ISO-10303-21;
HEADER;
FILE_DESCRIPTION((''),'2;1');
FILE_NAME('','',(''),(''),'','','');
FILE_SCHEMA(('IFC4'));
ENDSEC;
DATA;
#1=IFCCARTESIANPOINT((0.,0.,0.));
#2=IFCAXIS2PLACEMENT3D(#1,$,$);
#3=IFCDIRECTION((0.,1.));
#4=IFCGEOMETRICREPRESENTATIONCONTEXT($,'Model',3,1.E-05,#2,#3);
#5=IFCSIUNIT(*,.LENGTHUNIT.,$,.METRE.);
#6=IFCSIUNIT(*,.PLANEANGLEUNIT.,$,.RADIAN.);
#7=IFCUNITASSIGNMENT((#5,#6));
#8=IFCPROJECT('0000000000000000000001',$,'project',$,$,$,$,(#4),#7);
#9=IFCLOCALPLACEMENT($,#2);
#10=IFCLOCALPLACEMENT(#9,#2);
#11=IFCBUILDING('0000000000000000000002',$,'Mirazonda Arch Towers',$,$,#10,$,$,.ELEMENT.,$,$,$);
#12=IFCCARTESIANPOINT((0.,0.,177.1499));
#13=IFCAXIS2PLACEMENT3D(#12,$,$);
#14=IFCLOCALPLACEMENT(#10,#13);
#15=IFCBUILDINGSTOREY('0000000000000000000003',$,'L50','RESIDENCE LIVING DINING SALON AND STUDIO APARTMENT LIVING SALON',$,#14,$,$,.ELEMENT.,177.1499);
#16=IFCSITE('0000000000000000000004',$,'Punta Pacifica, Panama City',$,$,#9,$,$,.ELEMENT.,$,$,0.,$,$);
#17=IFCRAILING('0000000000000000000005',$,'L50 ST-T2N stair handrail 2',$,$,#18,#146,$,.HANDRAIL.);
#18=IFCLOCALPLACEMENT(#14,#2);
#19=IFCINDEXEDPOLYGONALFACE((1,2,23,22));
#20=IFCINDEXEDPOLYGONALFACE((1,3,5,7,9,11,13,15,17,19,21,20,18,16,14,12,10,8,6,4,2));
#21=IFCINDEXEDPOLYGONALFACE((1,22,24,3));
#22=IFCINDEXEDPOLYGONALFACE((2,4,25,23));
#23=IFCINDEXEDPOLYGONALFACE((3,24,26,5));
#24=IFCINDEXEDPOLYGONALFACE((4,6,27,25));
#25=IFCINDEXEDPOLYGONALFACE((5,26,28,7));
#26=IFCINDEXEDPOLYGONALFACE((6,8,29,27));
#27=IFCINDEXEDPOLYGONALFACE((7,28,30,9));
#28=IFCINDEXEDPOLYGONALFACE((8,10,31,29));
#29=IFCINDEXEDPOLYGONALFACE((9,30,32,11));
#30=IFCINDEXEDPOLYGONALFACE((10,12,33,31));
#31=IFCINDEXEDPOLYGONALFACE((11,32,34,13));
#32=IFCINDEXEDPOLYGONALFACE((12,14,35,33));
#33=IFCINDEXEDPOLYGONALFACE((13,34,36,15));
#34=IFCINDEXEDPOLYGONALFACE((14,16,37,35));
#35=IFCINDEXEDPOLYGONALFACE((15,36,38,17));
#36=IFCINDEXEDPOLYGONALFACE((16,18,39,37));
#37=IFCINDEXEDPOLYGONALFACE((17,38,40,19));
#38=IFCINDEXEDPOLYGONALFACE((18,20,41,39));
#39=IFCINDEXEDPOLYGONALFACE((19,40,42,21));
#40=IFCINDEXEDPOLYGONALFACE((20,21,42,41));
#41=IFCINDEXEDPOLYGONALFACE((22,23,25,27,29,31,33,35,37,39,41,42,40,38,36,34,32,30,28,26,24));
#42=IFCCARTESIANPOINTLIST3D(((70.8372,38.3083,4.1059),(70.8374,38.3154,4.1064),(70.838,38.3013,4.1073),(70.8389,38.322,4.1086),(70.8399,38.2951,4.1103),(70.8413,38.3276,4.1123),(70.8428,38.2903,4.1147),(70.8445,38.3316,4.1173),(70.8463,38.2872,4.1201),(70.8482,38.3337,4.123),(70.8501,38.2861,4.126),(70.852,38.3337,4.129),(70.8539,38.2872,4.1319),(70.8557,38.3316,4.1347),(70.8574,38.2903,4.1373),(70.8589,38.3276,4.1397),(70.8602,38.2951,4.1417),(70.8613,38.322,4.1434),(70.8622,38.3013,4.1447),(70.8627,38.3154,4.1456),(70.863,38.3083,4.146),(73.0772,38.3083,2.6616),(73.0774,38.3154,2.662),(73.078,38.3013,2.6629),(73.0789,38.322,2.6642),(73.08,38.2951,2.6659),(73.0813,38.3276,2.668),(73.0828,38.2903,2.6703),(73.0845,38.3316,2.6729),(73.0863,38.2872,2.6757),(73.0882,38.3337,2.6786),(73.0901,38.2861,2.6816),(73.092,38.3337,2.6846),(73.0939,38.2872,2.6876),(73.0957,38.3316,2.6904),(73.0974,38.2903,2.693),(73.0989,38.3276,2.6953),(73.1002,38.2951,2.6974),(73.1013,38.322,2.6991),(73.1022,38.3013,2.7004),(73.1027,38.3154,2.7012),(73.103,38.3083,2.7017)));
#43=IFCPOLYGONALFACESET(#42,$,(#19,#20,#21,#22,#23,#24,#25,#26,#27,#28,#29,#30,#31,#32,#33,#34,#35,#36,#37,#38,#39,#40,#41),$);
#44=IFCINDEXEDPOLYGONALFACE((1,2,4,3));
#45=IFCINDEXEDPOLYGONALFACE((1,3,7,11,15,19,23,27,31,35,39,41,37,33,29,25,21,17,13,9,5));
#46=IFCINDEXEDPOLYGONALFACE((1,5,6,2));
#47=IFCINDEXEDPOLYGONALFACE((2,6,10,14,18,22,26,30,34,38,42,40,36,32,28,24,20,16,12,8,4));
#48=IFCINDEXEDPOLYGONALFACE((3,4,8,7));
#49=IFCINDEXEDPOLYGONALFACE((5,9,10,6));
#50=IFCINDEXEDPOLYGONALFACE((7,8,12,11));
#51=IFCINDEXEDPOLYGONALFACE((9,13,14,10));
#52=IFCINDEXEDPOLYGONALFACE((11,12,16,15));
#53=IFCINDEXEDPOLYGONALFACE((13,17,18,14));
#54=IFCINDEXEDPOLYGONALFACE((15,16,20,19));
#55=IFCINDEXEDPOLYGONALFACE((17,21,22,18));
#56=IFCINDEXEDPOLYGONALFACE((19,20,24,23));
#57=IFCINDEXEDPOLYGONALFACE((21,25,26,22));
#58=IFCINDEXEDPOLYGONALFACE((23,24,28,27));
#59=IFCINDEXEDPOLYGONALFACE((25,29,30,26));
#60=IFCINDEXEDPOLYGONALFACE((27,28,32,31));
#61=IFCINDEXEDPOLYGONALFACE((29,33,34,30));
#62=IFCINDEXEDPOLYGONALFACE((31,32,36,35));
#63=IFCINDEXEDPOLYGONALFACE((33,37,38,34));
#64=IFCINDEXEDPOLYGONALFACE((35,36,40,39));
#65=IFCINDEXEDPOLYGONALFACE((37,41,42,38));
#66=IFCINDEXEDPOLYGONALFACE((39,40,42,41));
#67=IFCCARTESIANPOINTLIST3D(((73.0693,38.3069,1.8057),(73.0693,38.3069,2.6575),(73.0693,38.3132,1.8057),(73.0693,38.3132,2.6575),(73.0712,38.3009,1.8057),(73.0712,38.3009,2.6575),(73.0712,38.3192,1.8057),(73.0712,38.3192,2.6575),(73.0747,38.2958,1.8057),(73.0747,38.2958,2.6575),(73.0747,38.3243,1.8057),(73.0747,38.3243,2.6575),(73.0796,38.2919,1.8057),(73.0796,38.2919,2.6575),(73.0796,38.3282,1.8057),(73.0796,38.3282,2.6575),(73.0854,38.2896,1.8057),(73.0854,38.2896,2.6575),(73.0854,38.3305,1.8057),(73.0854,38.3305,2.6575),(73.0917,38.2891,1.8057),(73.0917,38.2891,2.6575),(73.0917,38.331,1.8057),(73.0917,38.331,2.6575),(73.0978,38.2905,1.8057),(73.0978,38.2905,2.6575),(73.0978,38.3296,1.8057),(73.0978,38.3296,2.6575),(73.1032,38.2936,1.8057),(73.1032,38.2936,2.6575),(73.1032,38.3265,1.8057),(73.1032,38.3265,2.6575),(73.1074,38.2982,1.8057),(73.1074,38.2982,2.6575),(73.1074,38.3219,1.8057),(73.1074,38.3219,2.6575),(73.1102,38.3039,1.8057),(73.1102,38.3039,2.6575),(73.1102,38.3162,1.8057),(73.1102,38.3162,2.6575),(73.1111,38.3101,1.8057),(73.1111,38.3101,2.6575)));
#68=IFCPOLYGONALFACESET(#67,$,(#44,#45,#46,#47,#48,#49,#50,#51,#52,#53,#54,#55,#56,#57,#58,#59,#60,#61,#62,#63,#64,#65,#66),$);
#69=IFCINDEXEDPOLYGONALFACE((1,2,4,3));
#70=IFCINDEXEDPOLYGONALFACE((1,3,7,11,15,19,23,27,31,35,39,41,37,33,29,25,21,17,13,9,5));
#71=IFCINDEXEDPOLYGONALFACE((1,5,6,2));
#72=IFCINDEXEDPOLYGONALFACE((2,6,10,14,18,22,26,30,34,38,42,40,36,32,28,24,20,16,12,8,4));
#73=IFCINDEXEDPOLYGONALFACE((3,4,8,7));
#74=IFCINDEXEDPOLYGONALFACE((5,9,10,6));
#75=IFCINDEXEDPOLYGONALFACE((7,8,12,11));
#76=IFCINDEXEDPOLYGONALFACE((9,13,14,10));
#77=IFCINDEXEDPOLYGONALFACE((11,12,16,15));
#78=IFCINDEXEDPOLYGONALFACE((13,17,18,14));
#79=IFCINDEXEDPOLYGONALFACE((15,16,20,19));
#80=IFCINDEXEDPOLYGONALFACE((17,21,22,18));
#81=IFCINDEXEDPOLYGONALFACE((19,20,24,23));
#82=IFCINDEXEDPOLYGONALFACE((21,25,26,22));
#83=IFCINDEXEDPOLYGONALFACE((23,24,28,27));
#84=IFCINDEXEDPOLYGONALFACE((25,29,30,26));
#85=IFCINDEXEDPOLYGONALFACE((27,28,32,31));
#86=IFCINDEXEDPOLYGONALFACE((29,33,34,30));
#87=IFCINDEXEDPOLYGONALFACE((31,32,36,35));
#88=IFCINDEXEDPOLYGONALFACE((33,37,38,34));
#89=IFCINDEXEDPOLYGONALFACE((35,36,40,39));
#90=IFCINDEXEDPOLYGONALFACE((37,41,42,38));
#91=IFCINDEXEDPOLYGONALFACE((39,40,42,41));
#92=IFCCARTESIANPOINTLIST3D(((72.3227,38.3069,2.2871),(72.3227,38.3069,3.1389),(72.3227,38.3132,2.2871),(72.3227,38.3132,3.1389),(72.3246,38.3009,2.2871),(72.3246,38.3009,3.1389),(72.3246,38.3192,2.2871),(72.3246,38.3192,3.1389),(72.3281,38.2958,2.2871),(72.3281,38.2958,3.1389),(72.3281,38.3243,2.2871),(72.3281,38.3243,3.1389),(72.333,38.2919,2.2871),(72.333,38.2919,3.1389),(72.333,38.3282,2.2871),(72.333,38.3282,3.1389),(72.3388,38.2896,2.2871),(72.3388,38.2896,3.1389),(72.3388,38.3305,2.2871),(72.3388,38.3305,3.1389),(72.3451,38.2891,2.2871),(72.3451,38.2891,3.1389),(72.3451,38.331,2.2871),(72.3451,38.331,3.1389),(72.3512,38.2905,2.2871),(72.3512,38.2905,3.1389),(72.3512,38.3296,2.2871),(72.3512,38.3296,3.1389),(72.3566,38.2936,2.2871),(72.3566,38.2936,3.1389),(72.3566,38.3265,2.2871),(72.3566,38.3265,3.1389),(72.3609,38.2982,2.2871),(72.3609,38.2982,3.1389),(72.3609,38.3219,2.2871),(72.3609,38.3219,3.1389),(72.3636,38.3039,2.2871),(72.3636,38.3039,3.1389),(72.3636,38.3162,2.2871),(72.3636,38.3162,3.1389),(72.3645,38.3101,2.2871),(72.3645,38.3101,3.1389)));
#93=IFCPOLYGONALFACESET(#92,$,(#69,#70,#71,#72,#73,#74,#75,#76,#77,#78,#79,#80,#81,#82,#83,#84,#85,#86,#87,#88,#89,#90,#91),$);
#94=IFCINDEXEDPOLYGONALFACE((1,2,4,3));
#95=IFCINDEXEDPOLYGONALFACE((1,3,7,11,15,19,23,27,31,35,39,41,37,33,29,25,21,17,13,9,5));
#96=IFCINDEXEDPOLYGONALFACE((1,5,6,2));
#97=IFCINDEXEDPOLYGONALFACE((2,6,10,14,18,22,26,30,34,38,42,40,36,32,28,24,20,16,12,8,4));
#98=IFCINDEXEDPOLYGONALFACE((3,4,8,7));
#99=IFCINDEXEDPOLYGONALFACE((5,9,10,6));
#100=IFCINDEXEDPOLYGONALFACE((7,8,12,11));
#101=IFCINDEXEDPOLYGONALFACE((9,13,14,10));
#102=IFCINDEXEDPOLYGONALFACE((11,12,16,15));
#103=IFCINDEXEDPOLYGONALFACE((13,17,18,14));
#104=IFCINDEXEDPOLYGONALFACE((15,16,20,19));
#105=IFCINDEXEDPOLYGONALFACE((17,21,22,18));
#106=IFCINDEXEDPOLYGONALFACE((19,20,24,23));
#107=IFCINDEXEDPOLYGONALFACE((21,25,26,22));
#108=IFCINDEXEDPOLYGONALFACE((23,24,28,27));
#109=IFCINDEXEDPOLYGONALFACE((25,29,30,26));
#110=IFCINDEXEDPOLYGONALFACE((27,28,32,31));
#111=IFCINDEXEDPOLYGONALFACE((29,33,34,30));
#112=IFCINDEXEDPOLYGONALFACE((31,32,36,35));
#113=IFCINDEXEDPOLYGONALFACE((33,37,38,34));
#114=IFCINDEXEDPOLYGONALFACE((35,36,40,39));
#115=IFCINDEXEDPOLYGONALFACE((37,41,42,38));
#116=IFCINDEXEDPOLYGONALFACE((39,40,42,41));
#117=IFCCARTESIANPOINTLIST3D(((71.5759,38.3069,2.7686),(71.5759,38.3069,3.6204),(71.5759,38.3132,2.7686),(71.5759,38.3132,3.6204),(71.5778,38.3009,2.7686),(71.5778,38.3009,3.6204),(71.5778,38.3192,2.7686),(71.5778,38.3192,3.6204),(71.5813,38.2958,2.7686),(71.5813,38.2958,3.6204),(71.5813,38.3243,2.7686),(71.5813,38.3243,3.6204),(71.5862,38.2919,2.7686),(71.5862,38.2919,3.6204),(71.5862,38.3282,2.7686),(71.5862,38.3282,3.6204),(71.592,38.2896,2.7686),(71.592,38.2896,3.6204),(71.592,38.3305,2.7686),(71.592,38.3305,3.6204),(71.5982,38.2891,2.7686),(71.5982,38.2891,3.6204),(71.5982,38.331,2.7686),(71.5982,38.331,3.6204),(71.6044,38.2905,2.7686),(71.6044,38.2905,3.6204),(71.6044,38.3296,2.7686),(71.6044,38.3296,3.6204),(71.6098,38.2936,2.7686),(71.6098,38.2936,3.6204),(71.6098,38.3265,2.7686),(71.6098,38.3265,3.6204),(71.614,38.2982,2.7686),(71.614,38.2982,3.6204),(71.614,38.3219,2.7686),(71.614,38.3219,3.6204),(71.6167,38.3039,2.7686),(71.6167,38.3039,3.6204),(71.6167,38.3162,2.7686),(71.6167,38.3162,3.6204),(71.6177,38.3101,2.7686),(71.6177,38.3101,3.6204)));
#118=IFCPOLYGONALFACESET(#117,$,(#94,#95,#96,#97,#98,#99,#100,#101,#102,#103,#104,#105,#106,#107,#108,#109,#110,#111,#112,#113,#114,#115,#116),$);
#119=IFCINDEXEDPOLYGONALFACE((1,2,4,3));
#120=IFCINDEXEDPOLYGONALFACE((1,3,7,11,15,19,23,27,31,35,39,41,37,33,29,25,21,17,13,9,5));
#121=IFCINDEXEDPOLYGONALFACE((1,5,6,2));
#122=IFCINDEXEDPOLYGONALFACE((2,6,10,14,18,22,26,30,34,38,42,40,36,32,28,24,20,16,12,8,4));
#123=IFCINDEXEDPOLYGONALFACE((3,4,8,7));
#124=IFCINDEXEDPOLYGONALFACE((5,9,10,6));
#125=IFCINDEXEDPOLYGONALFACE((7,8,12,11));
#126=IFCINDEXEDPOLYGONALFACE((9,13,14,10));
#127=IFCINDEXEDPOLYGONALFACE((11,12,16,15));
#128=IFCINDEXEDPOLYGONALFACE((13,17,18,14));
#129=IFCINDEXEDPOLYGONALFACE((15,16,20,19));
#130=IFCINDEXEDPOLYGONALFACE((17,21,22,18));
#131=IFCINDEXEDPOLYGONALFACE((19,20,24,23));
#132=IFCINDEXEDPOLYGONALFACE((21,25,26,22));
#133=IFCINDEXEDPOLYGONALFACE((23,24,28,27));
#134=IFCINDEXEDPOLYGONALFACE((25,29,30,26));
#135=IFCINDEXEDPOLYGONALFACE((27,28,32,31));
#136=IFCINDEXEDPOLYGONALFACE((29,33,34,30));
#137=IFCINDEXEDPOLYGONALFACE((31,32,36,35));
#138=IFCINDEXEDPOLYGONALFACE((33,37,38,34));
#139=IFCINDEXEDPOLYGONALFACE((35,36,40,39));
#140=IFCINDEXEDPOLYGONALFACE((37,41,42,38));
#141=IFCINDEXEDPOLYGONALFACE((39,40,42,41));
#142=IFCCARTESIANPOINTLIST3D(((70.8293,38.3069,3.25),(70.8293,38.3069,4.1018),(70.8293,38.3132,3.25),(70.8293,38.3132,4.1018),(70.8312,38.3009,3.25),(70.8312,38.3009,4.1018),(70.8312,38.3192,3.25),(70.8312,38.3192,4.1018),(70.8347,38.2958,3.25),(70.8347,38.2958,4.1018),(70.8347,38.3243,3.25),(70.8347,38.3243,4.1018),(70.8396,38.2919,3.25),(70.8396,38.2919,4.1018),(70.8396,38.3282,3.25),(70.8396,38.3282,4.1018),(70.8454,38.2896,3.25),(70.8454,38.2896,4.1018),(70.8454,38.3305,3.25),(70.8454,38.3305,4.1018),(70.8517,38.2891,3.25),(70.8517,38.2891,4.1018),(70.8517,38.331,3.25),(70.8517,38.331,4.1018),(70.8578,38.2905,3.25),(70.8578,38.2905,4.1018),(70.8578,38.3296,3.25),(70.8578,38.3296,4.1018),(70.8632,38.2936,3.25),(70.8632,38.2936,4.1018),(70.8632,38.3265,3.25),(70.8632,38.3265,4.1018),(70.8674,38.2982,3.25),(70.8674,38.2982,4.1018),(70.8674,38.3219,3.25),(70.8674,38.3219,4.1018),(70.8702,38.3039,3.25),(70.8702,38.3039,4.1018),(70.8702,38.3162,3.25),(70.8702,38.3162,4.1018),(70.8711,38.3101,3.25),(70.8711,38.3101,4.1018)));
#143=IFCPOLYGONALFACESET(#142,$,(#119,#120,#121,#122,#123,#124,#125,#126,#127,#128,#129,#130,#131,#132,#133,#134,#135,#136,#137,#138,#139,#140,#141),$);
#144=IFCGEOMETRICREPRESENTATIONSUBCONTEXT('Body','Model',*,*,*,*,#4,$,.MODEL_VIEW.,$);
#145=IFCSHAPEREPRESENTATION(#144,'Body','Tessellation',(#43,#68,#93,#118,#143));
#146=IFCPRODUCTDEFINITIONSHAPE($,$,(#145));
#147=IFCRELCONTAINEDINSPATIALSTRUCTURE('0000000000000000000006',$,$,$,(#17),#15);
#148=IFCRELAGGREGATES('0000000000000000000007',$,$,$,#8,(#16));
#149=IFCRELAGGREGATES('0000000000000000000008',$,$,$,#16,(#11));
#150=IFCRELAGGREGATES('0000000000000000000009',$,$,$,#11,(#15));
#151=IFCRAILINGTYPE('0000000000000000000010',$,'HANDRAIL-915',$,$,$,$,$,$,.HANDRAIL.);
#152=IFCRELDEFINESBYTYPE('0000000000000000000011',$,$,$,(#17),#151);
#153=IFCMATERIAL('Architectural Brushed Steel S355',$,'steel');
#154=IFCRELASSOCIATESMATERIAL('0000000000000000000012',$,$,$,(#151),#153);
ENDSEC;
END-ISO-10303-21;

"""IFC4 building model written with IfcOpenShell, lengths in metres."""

from ifc_helpers import new_model, si_unit, direction, frame, origin, origin_2d, place, context, subcontext, project, spatial, circle, extrude, material, type_object, element, save


model = new_model("IFC4")

# Units and contexts
model_context = context("Model", 3, precision=1e-05, world=origin(), true_north=direction((0.0, 1.0)))
body_context = subcontext(model_context, "Body", "Model", "MODEL_VIEW")
ifc_project = project(units=[si_unit("LENGTHUNIT", "METRE"), si_unit("PLANEANGLEUNIT", "RADIAN")], contexts=[model_context])

# Site, building, storey
site_placement = place(None, origin())
site = spatial("IfcSite", under=ifc_project, at=site_placement, Name="Punta Pacifica, Panama City", CompositionType="ELEMENT", RefElevation=0.0)
building_placement = place(site_placement, origin())
building = spatial("IfcBuilding", under=site, at=building_placement, Name="Mirazonda Arch Towers", CompositionType="ELEMENT")
storey_placement = place(building_placement, frame((0.0, 0.0, 177.1499)))
storey = spatial("IfcBuildingStorey", under=building, at=storey_placement, Name="L50", Description="RESIDENCE LIVING DINING SALON AND STUDIO APARTMENT LIVING SALON", CompositionType="ELEMENT", Elevation=177.1499)

# Railing
ifc_material_1 = material(Name="Architectural Brushed Steel S355", Category="steel")
railing_type_1 = type_object("IfcRailingType", Name="HANDRAIL-915", PredefinedType="HANDRAIL", material=ifc_material_1)
railing_1_placement = place(storey_placement, frame((73.0901, 38.3101, 1.8057)))
element("IfcRailing", 1, at=railing_1_placement, inside=storey, type_object=railing_type_1, Name="L50 ST-T2N stair handrail 2", PredefinedType="HANDRAIL", context=body_context, shape_type="SweptSolid", body=[
    extrude(circle(Radius=0.0239, at=origin_2d()), frame((0.0, 0.0, 0.876), z_axis=(-0.840437, 0.0, 0.54191), x_axis=(0.0, -1.0, 0.0)), (0.0, 0.0, 1.0), 2.6653),
    extrude(circle(Radius=0.021, at=origin_2d()), origin(), (0.0, 0.0, 1.0), 0.8518),
    extrude(circle(Radius=0.021, at=origin_2d()), frame((-0.7466, 0.0, 0.4814)), (0.0, 0.0, 1.0), 0.8518),
    extrude(circle(Radius=0.021, at=origin_2d()), frame((-1.4934, 0.0, 0.9629)), (0.0, 0.0, 1.0), 0.8518),
    extrude(circle(Radius=0.021, at=origin_2d()), frame((-2.24, 0.0, 1.4443)), (0.0, 0.0, 1.0), 0.8518),
])

save(model, "model.ifc")
